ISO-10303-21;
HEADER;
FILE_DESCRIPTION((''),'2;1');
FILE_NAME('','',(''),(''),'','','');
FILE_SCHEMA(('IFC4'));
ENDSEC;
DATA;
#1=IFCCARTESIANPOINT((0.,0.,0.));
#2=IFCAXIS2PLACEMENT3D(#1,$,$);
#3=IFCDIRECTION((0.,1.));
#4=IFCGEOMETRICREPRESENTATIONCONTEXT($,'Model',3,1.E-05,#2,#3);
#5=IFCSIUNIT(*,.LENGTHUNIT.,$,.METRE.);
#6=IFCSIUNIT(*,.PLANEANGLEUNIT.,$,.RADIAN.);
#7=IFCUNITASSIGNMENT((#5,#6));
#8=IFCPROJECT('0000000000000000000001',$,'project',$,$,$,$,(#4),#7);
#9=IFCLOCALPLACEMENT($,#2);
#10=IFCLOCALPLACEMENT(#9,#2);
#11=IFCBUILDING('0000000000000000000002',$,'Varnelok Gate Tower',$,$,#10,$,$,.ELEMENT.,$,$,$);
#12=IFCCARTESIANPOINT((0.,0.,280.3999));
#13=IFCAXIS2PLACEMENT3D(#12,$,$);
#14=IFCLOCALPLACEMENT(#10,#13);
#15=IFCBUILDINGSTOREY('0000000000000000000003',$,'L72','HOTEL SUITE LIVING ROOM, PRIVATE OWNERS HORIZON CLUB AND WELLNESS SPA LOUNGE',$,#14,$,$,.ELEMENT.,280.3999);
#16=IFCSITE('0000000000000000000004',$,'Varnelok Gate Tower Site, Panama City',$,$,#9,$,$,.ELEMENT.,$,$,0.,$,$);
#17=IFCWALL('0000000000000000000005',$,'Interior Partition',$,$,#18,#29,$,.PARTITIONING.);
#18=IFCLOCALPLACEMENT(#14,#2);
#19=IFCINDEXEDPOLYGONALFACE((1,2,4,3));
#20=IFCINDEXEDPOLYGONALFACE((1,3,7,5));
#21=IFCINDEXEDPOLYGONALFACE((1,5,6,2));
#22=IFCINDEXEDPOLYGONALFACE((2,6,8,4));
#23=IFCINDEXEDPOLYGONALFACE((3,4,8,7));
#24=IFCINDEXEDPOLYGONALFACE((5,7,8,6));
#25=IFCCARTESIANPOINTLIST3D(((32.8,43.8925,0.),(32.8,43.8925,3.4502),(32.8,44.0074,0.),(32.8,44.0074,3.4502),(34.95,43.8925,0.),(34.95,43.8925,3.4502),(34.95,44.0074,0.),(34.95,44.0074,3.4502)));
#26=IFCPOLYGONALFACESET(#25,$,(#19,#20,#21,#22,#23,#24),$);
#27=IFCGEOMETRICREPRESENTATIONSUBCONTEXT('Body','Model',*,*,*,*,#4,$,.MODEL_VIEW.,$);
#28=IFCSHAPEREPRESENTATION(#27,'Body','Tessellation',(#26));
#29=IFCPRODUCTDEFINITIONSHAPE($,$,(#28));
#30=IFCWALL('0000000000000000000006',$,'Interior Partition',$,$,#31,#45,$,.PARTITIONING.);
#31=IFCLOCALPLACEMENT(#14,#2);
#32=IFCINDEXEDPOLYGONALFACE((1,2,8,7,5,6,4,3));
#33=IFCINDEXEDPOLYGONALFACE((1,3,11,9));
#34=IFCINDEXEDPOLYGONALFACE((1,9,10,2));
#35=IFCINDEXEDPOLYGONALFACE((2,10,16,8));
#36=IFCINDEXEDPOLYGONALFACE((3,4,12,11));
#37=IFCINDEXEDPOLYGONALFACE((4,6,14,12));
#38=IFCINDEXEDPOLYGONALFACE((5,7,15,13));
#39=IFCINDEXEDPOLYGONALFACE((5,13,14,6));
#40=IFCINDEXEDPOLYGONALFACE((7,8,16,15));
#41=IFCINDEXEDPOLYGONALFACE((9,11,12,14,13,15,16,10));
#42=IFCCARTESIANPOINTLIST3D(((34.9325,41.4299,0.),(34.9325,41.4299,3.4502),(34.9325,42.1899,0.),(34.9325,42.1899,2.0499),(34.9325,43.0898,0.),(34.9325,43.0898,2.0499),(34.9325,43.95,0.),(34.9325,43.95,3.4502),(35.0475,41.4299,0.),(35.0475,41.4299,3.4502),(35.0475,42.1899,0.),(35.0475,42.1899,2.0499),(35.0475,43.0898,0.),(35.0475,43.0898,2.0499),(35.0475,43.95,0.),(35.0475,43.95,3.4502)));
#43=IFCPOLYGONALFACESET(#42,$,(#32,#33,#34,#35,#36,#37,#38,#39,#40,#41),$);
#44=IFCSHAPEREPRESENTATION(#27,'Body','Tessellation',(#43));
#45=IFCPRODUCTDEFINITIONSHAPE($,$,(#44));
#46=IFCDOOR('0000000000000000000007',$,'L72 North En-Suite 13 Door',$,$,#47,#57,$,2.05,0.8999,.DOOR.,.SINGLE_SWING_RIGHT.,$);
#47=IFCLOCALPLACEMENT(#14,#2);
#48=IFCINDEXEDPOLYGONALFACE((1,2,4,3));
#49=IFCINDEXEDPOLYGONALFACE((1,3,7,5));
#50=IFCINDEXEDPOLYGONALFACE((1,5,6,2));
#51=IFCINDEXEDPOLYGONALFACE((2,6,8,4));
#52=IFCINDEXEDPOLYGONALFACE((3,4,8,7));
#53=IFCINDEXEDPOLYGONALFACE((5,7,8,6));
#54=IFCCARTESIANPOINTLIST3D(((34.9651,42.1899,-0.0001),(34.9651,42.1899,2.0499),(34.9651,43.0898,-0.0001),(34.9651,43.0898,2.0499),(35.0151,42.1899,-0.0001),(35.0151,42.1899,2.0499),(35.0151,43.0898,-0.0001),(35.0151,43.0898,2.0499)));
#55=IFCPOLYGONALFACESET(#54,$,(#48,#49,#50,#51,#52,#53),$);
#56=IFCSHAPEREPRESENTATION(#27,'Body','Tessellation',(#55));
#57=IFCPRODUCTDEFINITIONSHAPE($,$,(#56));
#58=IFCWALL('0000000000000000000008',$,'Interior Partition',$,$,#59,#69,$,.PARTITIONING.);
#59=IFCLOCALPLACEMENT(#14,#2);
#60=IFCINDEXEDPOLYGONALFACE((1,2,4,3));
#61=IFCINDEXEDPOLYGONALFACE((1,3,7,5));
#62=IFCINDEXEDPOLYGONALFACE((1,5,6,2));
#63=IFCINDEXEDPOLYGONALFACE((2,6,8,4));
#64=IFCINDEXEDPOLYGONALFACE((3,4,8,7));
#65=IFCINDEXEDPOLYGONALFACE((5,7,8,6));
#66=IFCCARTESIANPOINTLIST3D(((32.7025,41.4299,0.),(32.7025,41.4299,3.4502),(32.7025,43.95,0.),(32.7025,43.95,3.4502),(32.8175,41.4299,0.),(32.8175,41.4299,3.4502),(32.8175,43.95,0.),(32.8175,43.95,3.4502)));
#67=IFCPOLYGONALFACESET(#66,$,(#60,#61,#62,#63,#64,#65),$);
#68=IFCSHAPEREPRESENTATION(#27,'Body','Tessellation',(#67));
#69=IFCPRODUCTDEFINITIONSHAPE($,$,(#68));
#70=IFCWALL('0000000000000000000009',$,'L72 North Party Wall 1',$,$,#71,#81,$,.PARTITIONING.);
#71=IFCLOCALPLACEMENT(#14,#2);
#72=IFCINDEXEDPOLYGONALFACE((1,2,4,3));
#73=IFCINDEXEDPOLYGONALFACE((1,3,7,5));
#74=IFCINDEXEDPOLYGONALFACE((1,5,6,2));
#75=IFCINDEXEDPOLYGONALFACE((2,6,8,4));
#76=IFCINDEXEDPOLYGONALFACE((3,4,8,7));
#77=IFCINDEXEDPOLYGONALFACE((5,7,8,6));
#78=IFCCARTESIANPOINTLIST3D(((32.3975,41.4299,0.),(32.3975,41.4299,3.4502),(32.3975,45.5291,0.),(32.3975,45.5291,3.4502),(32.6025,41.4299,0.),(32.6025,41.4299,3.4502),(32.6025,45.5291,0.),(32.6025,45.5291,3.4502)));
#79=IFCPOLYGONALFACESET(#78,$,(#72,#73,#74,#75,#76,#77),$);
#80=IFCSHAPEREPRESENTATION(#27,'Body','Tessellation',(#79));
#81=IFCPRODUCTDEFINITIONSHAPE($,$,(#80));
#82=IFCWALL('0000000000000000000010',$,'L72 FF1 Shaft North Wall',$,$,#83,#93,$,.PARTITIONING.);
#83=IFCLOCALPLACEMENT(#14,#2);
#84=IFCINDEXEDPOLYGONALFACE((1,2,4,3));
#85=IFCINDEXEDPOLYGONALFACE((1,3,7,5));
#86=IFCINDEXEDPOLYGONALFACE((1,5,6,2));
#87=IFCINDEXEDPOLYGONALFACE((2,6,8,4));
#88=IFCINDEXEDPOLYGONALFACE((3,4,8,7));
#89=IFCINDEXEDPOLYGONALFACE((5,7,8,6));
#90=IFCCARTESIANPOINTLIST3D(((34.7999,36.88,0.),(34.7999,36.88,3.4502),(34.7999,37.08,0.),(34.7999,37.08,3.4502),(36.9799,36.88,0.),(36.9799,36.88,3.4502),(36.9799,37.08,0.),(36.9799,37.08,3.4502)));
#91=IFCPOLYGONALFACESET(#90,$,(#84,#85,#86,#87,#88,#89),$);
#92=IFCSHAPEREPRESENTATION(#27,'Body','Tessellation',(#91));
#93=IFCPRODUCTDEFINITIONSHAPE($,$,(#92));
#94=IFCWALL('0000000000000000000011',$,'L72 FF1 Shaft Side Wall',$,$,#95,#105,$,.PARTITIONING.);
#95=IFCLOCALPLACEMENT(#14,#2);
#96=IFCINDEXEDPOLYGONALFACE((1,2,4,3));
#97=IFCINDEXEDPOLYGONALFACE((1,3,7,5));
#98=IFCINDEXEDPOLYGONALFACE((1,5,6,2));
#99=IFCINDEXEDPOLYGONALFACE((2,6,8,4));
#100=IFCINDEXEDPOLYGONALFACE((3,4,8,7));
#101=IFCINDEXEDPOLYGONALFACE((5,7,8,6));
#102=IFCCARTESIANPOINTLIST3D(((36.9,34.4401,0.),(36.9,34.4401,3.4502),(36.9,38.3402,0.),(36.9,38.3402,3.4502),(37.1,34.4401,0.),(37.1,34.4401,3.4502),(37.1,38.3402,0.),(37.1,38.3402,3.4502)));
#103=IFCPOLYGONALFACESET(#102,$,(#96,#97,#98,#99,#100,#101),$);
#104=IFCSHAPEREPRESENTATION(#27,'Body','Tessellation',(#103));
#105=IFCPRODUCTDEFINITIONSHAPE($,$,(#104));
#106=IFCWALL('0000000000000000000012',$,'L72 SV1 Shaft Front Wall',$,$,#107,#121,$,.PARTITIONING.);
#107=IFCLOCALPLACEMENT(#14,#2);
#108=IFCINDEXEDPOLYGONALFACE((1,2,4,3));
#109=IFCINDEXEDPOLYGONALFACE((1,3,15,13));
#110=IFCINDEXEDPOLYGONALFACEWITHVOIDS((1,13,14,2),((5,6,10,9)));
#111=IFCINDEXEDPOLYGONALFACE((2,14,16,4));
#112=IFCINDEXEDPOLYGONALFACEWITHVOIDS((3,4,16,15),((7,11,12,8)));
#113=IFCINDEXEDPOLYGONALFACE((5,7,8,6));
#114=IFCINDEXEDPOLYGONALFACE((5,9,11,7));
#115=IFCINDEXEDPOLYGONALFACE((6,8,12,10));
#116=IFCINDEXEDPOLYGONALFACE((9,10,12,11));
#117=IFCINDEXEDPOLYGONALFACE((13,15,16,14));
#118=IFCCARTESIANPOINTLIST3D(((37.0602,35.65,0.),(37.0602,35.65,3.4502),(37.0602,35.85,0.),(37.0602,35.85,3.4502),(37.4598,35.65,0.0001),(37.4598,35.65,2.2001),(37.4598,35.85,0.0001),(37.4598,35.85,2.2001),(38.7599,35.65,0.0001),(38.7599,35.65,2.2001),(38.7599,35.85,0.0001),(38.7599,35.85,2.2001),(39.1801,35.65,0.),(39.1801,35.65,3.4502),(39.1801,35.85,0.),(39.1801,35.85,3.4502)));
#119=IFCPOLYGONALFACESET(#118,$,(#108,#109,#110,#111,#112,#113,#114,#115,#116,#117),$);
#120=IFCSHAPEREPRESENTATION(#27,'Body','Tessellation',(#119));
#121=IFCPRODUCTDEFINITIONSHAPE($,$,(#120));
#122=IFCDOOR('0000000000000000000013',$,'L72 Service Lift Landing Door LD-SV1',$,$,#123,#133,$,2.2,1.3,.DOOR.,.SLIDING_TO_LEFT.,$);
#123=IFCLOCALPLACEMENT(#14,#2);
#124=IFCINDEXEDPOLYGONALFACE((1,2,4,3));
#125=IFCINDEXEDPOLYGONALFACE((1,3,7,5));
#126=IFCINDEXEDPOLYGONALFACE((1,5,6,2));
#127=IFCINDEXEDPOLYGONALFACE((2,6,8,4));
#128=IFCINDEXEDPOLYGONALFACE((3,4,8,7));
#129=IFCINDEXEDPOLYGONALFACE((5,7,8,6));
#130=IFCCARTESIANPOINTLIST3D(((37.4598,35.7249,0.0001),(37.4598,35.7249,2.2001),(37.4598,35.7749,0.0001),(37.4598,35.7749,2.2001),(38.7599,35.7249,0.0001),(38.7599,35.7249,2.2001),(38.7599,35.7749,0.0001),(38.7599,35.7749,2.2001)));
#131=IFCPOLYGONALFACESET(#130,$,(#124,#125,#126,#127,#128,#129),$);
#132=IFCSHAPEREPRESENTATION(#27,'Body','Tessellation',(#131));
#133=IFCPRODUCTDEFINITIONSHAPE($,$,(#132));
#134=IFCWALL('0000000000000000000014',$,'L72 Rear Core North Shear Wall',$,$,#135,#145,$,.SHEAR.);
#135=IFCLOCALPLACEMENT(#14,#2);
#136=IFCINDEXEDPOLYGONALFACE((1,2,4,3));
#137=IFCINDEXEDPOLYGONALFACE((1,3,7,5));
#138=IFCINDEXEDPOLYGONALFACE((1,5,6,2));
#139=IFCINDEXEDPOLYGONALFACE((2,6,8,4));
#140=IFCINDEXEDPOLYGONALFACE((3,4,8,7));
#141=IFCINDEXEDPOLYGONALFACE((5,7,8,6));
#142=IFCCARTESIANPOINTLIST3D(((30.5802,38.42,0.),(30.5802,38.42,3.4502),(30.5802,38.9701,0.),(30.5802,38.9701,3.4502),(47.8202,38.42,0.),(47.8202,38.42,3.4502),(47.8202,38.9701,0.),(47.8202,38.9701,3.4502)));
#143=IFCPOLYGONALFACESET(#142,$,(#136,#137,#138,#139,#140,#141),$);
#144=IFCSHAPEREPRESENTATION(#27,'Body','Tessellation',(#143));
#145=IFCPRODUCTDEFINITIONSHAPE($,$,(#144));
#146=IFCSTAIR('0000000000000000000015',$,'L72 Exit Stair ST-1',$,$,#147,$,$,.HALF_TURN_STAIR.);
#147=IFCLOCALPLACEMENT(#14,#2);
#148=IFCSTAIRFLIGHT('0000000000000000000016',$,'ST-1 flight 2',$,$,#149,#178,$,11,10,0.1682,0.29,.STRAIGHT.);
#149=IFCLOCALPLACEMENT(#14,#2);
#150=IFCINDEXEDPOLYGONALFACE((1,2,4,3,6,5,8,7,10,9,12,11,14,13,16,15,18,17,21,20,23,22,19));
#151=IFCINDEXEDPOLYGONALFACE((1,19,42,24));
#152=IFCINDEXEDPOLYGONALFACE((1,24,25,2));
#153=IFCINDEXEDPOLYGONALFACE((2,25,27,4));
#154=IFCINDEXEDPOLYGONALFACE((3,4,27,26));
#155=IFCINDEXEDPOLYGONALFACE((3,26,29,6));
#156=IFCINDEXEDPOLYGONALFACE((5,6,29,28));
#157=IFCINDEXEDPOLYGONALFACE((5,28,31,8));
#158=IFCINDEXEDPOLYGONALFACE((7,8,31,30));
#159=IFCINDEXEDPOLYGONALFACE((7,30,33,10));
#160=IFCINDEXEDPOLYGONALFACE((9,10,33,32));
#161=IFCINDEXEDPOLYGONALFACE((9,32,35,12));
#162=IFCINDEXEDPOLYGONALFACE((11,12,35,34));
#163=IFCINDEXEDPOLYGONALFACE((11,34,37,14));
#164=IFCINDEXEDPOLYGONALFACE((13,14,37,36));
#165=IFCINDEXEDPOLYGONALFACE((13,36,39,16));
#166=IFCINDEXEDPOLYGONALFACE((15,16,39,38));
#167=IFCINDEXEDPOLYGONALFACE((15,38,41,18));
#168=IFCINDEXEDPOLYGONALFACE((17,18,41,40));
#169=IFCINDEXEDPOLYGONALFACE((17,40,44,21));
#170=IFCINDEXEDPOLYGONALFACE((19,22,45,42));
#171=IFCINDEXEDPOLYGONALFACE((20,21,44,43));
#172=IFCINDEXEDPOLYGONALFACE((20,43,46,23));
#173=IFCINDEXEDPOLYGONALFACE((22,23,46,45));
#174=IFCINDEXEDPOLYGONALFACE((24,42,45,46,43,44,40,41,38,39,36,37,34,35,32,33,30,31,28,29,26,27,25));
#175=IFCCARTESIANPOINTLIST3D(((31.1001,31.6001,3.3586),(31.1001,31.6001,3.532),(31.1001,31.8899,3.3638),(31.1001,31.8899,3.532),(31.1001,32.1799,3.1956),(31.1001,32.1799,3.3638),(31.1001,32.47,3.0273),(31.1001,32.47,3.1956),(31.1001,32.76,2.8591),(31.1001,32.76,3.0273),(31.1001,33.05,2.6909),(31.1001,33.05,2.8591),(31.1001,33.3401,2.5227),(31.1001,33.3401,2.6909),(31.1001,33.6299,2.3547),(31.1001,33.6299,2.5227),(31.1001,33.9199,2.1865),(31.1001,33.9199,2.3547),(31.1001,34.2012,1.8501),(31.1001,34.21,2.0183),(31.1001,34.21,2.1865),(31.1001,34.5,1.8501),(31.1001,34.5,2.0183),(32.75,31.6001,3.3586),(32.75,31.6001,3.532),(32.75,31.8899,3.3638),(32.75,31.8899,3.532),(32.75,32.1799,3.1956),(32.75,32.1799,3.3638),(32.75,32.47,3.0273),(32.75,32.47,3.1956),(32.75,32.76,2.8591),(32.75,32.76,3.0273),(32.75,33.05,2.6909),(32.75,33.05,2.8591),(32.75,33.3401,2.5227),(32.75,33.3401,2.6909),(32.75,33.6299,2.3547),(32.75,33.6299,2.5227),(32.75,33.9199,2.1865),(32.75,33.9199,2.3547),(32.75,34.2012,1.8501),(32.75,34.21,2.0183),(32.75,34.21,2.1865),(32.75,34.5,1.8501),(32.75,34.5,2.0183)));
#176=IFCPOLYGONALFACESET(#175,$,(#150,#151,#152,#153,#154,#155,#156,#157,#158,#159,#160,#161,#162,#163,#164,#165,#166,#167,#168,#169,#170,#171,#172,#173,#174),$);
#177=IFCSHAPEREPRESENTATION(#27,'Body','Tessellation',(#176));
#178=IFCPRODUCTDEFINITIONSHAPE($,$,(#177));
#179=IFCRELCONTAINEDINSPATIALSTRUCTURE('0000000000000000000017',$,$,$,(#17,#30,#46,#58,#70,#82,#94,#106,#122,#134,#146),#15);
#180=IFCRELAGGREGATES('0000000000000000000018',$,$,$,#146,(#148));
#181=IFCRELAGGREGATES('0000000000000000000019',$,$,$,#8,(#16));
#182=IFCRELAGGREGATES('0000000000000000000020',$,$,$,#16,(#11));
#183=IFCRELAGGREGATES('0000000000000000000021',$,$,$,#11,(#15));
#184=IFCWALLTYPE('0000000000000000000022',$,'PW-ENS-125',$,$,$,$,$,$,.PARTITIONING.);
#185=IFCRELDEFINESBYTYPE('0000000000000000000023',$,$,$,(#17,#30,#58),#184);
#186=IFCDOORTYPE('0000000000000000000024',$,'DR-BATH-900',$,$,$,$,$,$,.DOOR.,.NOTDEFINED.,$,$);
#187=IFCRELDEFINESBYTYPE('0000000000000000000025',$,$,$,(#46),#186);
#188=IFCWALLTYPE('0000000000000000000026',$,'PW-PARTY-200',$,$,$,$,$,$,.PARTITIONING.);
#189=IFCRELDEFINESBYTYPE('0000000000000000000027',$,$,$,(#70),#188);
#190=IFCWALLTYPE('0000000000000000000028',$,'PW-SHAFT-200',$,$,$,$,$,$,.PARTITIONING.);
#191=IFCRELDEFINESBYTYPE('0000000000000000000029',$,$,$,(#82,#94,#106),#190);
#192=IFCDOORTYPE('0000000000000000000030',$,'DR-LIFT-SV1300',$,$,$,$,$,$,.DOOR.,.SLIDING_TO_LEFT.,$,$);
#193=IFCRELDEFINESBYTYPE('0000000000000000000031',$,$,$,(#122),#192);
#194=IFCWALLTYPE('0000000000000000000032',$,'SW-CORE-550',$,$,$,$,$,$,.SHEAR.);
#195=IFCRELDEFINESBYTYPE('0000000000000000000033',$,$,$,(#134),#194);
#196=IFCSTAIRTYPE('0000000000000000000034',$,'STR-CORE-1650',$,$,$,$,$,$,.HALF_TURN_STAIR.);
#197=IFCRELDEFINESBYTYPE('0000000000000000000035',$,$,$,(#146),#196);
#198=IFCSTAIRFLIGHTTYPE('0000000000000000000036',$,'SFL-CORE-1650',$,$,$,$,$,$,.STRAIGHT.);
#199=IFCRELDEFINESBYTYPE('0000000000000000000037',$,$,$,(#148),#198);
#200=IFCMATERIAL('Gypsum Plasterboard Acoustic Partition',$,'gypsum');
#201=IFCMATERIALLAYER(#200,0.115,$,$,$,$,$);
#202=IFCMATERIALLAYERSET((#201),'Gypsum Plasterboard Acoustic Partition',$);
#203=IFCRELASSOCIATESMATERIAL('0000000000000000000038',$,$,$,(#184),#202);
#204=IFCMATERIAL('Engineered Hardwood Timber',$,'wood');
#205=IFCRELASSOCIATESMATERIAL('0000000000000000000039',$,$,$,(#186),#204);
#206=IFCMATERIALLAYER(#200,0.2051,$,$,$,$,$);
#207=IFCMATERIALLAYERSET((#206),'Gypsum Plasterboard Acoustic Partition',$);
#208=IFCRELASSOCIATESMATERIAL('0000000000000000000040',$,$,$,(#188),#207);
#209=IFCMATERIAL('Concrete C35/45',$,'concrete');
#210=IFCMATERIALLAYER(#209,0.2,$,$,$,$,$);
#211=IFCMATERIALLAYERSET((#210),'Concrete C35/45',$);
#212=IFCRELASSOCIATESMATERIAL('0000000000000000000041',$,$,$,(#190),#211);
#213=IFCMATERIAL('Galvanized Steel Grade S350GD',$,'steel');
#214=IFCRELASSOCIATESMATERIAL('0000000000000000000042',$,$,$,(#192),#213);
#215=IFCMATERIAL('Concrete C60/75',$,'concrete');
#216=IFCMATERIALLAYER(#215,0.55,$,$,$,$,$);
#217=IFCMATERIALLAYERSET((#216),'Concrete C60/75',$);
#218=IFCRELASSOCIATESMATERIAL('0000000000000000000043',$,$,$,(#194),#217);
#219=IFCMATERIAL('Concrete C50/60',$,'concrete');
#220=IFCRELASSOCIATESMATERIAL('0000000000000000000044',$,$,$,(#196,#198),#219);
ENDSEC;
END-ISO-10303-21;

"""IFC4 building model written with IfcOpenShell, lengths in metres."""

from ifc_helpers import new_model, si_unit, direction, frame, frame_2d, origin, place, context, subcontext, project, spatial, polyline, rectangle, outline, extrude, material, layer, layer_set, type_object, element, fill, aggregate, save


model = new_model("IFC4")

# Units and contexts
model_context = context("Model", 3, precision=1e-05, world=origin(), true_north=direction((0.0, 1.0)))
body_context = subcontext(model_context, "Body", "Model", "MODEL_VIEW")
ifc_project = project(units=[si_unit("LENGTHUNIT", "METRE"), si_unit("PLANEANGLEUNIT", "RADIAN")], contexts=[model_context])

# Site, building, storey
site_placement = place(None, origin())
site = spatial("IfcSite", under=ifc_project, at=site_placement, Name="Varnelok Gate Tower Site, Panama City", CompositionType="ELEMENT", RefElevation=0.0)
building_placement = place(site_placement, origin())
building = spatial("IfcBuilding", under=site, at=building_placement, Name="Varnelok Gate Tower", CompositionType="ELEMENT")
storey_placement = place(building_placement, frame((0.0, 0.0, 280.3999)))
storey = spatial("IfcBuildingStorey", under=building, at=storey_placement, Name="L72", Description="HOTEL SUITE LIVING ROOM, PRIVATE OWNERS HORIZON CLUB AND WELLNESS SPA LOUNGE", CompositionType="ELEMENT", Elevation=280.3999)

# Shared definitions
ifc_material_1 = material(Name="Concrete C50/60", Category="concrete")

# Shared definitions
ifc_material_2 = material(Name="Gypsum Plasterboard Acoustic Partition", Category="gypsum")
ifc_material_3 = material(Name="Engineered Hardwood Timber", Category="wood")

# Wall
ifc_layer_1 = layer(ifc_material_2, 0.115)
ifc_layer_set_1 = layer_set([ifc_layer_1], Name="Gypsum Plasterboard Acoustic Partition")
wall_type_1 = type_object("IfcWallType", Name="PW-ENS-125", PredefinedType="PARTITIONING", material=ifc_layer_set_1)
wall_1_placement = place(storey_placement, frame((32.8, 43.95, 0.0), z_axis=(0.0, 0.0, 1.0), x_axis=(1.0, 0.0, 0.0)))
element("IfcWall", 1, at=wall_1_placement, inside=storey, type_object=wall_type_1, Name="Interior Partition", PredefinedType="PARTITIONING", context=body_context, shape_type="SweptSolid", body=[
    extrude(rectangle(XDim=2.1499, YDim=0.115, at=frame_2d((1.075, 0.0))), origin(), (0.0, 0.0, 1.0), 3.4502),
])

# Wall, opening, door
wall_2_placement = place(storey_placement, frame((34.99, 41.4299, 0.0), z_axis=(0.0, 0.0, 1.0), x_axis=(0.0, 1.0, 0.0)))
wall_2 = element("IfcWall", 2, at=wall_2_placement, inside=storey, type_object=wall_type_1, Name="Interior Partition", PredefinedType="PARTITIONING", context=body_context, shape_type="SweptSolid", body=[
    extrude(rectangle(XDim=2.52, YDim=0.115, at=frame_2d((1.26, 0.0))), origin(), (0.0, 0.0, 1.0), 3.4502),
])
opening_1_placement = place(wall_2_placement, frame((0.76, 0.0, 0.0)))
opening_1 = element("IfcOpeningElement", 3, at=opening_1_placement, cuts=wall_2, PredefinedType="OPENING", context=body_context, shape_type="SweptSolid", body=[
    extrude(rectangle(XDim=0.8999, YDim=2.05, at=frame_2d((0.45, 1.0249))), frame((0.0, 0.0674, 0.0), z_axis=(0.0, -1.0, 0.0), x_axis=(1.0, 0.0, 0.0)), (0.0, 0.0, 1.0), 0.135),
])
door_type_1 = type_object("IfcDoorType", Name="DR-BATH-900", OperationType="NOTDEFINED", PredefinedType="DOOR", material=ifc_material_3)
door_1_placement = place(opening_1_placement, origin())
door_1 = element("IfcDoor", 4, at=door_1_placement, inside=storey, type_object=door_type_1, Name="L72 North En-Suite 13 Door", OperationType="SINGLE_SWING_RIGHT", OverallHeight=2.05, OverallWidth=0.8999, PredefinedType="DOOR", context=body_context, shape_type="SweptSolid", body=[
    extrude(rectangle(XDim=0.8999, YDim=2.05, at=frame_2d((0.45, 1.0249))), frame((0.0, 0.0249, 0.0), z_axis=(0.0, -1.0, 0.0), x_axis=(1.0, 0.0, 0.0)), (0.0, 0.0, 1.0), 0.05),
])
fill(opening_1, door_1)

# Walls
wall_3_placement = place(storey_placement, frame((32.76, 41.4299, 0.0), z_axis=(0.0, 0.0, 1.0), x_axis=(0.0, 1.0, 0.0)))
element("IfcWall", 5, at=wall_3_placement, inside=storey, type_object=wall_type_1, Name="Interior Partition", PredefinedType="PARTITIONING", context=body_context, shape_type="SweptSolid", body=[
    extrude(rectangle(XDim=2.52, YDim=0.115, at=frame_2d((1.26, 0.0))), origin(), (0.0, 0.0, 1.0), 3.4502),
])
ifc_layer_2 = layer(ifc_material_2, 0.2051)
ifc_layer_set_2 = layer_set([ifc_layer_2], Name="Gypsum Plasterboard Acoustic Partition")
wall_type_2 = type_object("IfcWallType", Name="PW-PARTY-200", PredefinedType="PARTITIONING", material=ifc_layer_set_2)
wall_4_placement = place(storey_placement, frame((32.5, 41.4299, 0.0), z_axis=(0.0, 0.0, 1.0), x_axis=(0.0, 1.0, 0.0)))
element("IfcWall", 6, at=wall_4_placement, inside=storey, type_object=wall_type_2, Name="L72 North Party Wall 1", PredefinedType="PARTITIONING", context=body_context, shape_type="SweptSolid", body=[
    extrude(rectangle(XDim=4.0991, YDim=0.2051, at=frame_2d((2.0496, 0.0))), origin(), (0.0, 0.0, 1.0), 3.4502),
])
ifc_material_4 = material(Name="Concrete C35/45", Category="concrete")
ifc_layer_3 = layer(ifc_material_4, 0.2)
ifc_layer_set_3 = layer_set([ifc_layer_3], Name="Concrete C35/45")
wall_type_3 = type_object("IfcWallType", Name="PW-SHAFT-200", PredefinedType="PARTITIONING", material=ifc_layer_set_3)
wall_5_placement = place(storey_placement, frame((34.8, 36.98, 0.0), z_axis=(0.0, 0.0, 1.0), x_axis=(1.0, 0.0, 0.0)))
element("IfcWall", 7, at=wall_5_placement, inside=storey, type_object=wall_type_3, Name="L72 FF1 Shaft North Wall", PredefinedType="PARTITIONING", context=body_context, shape_type="SweptSolid", body=[
    extrude(rectangle(XDim=2.1799, YDim=0.2, at=frame_2d((1.0898, 0.0))), origin(), (0.0, 0.0, 1.0), 3.4502),
])
wall_6_placement = place(storey_placement, frame((37.0, 34.4399, 0.0), z_axis=(0.0, 0.0, 1.0), x_axis=(0.0, 1.0, 0.0)))
element("IfcWall", 8, at=wall_6_placement, inside=storey, type_object=wall_type_3, Name="L72 FF1 Shaft Side Wall", PredefinedType="PARTITIONING", context=body_context, shape_type="SweptSolid", body=[
    extrude(rectangle(XDim=3.9001, YDim=0.2, at=frame_2d((1.9502, 0.0))), origin(), (0.0, 0.0, 1.0), 3.4502),
])

# Wall, opening, door
wall_7_placement = place(storey_placement, frame((37.0601, 35.75, 0.0), z_axis=(0.0, 0.0, 1.0), x_axis=(1.0, 0.0, 0.0)))
wall_7 = element("IfcWall", 9, at=wall_7_placement, inside=storey, type_object=wall_type_3, Name="L72 SV1 Shaft Front Wall", PredefinedType="PARTITIONING", context=body_context, shape_type="SweptSolid", body=[
    extrude(rectangle(XDim=2.1199, YDim=0.2, at=frame_2d((1.0601, 0.0))), origin(), (0.0, 0.0, 1.0), 3.4502),
])
opening_2_placement = place(wall_7_placement, frame((0.3999, 0.0, 0.0)))
opening_2 = element("IfcOpeningElement", 10, at=opening_2_placement, cuts=wall_7, PredefinedType="OPENING", context=body_context, shape_type="SweptSolid", body=[
    extrude(rectangle(XDim=1.3, YDim=2.2, at=frame_2d((0.6499, 1.1001))), frame((0.0, 0.1099, 0.0), z_axis=(0.0, -1.0, 0.0), x_axis=(1.0, 0.0, 0.0)), (0.0, 0.0, 1.0), 0.22),
])
ifc_material_5 = material(Name="Galvanized Steel Grade S350GD", Category="steel")
door_type_2 = type_object("IfcDoorType", Name="DR-LIFT-SV1300", OperationType="SLIDING_TO_LEFT", PredefinedType="DOOR", material=ifc_material_5)
door_2_placement = place(opening_2_placement, origin())
door_2 = element("IfcDoor", 11, at=door_2_placement, inside=storey, type_object=door_type_2, Name="L72 Service Lift Landing Door LD-SV1", OperationType="SLIDING_TO_LEFT", OverallHeight=2.2, OverallWidth=1.3, PredefinedType="DOOR", context=body_context, shape_type="SweptSolid", body=[
    extrude(rectangle(XDim=1.3, YDim=2.2, at=frame_2d((0.6499, 1.1001))), frame((0.0, 0.0249, 0.0), z_axis=(0.0, -1.0, 0.0), x_axis=(1.0, 0.0, 0.0)), (0.0, 0.0, 1.0), 0.05),
])
fill(opening_2, door_2)

# Wall
ifc_material_6 = material(Name="Concrete C60/75", Category="concrete")
ifc_layer_4 = layer(ifc_material_6, 0.55)
ifc_layer_set_4 = layer_set([ifc_layer_4], Name="Concrete C60/75")
wall_type_4 = type_object("IfcWallType", Name="SW-CORE-550", PredefinedType="SHEAR", material=ifc_layer_set_4)
wall_8_placement = place(storey_placement, frame((30.5801, 38.6951, 0.0), z_axis=(0.0, 0.0, 1.0), x_axis=(1.0, 0.0, 0.0)))
element("IfcWall", 12, at=wall_8_placement, inside=storey, type_object=wall_type_4, Name="L72 Rear Core North Shear Wall", PredefinedType="SHEAR", context=body_context, shape_type="SweptSolid", body=[
    extrude(rectangle(XDim=17.24, YDim=0.55, at=frame_2d((8.6201, 0.0))), origin(), (0.0, 0.0, 1.0), 3.4502),
])

# Stair, stair flight
stair_type = type_object("IfcStairType", Name="STR-CORE-1650", PredefinedType="HALF_TURN_STAIR", material=ifc_material_1)
stair_placement = place(storey_placement, origin())
stair = element("IfcStair", 13, at=stair_placement, inside=storey, type_object=stair_type, Name="L72 Exit Stair ST-1", PredefinedType="HALF_TURN_STAIR")
stair_flight_type = type_object("IfcStairFlightType", Name="SFL-CORE-1650", PredefinedType="STRAIGHT", material=ifc_material_1)
stair_flight_placement = place(storey_placement, frame((31.925, 34.5, 1.8501), z_axis=(0.0, 0.0, 1.0), x_axis=(0.0, -1.0, 0.0)))
stair_flight = element("IfcStairFlight", 14, at=stair_flight_placement, type_object=stair_flight_type, Name="ST-1 flight 2", NumberOfRisers=11, NumberOfTreads=10, PredefinedType="STRAIGHT", RiserHeight=0.1682, TreadLength=0.29, context=body_context, shape_type="SweptSolid", body=[
    extrude(outline(polyline([(0.0, 0.0), (0.0, 0.1682), (0.29, 0.1682), (0.29, 0.3364), (0.5801, 0.3364), (0.5801, 0.5046), (0.8701, 0.5046), (0.8701, 0.6726), (1.1599, 0.6726), (1.1599, 0.8408), (1.45, 0.8408), (1.45, 1.009), (1.74, 1.009), (1.74, 1.1772), (2.03, 1.1772), (2.03, 1.3455), (2.3201, 1.3455), (2.3201, 1.5137), (2.6101, 1.5137), (2.6101, 1.6819), (2.8999, 1.6819), (2.8999, 1.8501), (2.8999, 1.5085), (0.2988, 0.0), (0.0, 0.0)])), frame((0.0, 0.825, 0.0), z_axis=(0.0, -1.0, 0.0), x_axis=(1.0, 0.0, 0.0)), (0.0, 0.0, 1.0), 1.6499),
])
aggregate(stair, [stair_flight])

save(model, "model.ifc")
